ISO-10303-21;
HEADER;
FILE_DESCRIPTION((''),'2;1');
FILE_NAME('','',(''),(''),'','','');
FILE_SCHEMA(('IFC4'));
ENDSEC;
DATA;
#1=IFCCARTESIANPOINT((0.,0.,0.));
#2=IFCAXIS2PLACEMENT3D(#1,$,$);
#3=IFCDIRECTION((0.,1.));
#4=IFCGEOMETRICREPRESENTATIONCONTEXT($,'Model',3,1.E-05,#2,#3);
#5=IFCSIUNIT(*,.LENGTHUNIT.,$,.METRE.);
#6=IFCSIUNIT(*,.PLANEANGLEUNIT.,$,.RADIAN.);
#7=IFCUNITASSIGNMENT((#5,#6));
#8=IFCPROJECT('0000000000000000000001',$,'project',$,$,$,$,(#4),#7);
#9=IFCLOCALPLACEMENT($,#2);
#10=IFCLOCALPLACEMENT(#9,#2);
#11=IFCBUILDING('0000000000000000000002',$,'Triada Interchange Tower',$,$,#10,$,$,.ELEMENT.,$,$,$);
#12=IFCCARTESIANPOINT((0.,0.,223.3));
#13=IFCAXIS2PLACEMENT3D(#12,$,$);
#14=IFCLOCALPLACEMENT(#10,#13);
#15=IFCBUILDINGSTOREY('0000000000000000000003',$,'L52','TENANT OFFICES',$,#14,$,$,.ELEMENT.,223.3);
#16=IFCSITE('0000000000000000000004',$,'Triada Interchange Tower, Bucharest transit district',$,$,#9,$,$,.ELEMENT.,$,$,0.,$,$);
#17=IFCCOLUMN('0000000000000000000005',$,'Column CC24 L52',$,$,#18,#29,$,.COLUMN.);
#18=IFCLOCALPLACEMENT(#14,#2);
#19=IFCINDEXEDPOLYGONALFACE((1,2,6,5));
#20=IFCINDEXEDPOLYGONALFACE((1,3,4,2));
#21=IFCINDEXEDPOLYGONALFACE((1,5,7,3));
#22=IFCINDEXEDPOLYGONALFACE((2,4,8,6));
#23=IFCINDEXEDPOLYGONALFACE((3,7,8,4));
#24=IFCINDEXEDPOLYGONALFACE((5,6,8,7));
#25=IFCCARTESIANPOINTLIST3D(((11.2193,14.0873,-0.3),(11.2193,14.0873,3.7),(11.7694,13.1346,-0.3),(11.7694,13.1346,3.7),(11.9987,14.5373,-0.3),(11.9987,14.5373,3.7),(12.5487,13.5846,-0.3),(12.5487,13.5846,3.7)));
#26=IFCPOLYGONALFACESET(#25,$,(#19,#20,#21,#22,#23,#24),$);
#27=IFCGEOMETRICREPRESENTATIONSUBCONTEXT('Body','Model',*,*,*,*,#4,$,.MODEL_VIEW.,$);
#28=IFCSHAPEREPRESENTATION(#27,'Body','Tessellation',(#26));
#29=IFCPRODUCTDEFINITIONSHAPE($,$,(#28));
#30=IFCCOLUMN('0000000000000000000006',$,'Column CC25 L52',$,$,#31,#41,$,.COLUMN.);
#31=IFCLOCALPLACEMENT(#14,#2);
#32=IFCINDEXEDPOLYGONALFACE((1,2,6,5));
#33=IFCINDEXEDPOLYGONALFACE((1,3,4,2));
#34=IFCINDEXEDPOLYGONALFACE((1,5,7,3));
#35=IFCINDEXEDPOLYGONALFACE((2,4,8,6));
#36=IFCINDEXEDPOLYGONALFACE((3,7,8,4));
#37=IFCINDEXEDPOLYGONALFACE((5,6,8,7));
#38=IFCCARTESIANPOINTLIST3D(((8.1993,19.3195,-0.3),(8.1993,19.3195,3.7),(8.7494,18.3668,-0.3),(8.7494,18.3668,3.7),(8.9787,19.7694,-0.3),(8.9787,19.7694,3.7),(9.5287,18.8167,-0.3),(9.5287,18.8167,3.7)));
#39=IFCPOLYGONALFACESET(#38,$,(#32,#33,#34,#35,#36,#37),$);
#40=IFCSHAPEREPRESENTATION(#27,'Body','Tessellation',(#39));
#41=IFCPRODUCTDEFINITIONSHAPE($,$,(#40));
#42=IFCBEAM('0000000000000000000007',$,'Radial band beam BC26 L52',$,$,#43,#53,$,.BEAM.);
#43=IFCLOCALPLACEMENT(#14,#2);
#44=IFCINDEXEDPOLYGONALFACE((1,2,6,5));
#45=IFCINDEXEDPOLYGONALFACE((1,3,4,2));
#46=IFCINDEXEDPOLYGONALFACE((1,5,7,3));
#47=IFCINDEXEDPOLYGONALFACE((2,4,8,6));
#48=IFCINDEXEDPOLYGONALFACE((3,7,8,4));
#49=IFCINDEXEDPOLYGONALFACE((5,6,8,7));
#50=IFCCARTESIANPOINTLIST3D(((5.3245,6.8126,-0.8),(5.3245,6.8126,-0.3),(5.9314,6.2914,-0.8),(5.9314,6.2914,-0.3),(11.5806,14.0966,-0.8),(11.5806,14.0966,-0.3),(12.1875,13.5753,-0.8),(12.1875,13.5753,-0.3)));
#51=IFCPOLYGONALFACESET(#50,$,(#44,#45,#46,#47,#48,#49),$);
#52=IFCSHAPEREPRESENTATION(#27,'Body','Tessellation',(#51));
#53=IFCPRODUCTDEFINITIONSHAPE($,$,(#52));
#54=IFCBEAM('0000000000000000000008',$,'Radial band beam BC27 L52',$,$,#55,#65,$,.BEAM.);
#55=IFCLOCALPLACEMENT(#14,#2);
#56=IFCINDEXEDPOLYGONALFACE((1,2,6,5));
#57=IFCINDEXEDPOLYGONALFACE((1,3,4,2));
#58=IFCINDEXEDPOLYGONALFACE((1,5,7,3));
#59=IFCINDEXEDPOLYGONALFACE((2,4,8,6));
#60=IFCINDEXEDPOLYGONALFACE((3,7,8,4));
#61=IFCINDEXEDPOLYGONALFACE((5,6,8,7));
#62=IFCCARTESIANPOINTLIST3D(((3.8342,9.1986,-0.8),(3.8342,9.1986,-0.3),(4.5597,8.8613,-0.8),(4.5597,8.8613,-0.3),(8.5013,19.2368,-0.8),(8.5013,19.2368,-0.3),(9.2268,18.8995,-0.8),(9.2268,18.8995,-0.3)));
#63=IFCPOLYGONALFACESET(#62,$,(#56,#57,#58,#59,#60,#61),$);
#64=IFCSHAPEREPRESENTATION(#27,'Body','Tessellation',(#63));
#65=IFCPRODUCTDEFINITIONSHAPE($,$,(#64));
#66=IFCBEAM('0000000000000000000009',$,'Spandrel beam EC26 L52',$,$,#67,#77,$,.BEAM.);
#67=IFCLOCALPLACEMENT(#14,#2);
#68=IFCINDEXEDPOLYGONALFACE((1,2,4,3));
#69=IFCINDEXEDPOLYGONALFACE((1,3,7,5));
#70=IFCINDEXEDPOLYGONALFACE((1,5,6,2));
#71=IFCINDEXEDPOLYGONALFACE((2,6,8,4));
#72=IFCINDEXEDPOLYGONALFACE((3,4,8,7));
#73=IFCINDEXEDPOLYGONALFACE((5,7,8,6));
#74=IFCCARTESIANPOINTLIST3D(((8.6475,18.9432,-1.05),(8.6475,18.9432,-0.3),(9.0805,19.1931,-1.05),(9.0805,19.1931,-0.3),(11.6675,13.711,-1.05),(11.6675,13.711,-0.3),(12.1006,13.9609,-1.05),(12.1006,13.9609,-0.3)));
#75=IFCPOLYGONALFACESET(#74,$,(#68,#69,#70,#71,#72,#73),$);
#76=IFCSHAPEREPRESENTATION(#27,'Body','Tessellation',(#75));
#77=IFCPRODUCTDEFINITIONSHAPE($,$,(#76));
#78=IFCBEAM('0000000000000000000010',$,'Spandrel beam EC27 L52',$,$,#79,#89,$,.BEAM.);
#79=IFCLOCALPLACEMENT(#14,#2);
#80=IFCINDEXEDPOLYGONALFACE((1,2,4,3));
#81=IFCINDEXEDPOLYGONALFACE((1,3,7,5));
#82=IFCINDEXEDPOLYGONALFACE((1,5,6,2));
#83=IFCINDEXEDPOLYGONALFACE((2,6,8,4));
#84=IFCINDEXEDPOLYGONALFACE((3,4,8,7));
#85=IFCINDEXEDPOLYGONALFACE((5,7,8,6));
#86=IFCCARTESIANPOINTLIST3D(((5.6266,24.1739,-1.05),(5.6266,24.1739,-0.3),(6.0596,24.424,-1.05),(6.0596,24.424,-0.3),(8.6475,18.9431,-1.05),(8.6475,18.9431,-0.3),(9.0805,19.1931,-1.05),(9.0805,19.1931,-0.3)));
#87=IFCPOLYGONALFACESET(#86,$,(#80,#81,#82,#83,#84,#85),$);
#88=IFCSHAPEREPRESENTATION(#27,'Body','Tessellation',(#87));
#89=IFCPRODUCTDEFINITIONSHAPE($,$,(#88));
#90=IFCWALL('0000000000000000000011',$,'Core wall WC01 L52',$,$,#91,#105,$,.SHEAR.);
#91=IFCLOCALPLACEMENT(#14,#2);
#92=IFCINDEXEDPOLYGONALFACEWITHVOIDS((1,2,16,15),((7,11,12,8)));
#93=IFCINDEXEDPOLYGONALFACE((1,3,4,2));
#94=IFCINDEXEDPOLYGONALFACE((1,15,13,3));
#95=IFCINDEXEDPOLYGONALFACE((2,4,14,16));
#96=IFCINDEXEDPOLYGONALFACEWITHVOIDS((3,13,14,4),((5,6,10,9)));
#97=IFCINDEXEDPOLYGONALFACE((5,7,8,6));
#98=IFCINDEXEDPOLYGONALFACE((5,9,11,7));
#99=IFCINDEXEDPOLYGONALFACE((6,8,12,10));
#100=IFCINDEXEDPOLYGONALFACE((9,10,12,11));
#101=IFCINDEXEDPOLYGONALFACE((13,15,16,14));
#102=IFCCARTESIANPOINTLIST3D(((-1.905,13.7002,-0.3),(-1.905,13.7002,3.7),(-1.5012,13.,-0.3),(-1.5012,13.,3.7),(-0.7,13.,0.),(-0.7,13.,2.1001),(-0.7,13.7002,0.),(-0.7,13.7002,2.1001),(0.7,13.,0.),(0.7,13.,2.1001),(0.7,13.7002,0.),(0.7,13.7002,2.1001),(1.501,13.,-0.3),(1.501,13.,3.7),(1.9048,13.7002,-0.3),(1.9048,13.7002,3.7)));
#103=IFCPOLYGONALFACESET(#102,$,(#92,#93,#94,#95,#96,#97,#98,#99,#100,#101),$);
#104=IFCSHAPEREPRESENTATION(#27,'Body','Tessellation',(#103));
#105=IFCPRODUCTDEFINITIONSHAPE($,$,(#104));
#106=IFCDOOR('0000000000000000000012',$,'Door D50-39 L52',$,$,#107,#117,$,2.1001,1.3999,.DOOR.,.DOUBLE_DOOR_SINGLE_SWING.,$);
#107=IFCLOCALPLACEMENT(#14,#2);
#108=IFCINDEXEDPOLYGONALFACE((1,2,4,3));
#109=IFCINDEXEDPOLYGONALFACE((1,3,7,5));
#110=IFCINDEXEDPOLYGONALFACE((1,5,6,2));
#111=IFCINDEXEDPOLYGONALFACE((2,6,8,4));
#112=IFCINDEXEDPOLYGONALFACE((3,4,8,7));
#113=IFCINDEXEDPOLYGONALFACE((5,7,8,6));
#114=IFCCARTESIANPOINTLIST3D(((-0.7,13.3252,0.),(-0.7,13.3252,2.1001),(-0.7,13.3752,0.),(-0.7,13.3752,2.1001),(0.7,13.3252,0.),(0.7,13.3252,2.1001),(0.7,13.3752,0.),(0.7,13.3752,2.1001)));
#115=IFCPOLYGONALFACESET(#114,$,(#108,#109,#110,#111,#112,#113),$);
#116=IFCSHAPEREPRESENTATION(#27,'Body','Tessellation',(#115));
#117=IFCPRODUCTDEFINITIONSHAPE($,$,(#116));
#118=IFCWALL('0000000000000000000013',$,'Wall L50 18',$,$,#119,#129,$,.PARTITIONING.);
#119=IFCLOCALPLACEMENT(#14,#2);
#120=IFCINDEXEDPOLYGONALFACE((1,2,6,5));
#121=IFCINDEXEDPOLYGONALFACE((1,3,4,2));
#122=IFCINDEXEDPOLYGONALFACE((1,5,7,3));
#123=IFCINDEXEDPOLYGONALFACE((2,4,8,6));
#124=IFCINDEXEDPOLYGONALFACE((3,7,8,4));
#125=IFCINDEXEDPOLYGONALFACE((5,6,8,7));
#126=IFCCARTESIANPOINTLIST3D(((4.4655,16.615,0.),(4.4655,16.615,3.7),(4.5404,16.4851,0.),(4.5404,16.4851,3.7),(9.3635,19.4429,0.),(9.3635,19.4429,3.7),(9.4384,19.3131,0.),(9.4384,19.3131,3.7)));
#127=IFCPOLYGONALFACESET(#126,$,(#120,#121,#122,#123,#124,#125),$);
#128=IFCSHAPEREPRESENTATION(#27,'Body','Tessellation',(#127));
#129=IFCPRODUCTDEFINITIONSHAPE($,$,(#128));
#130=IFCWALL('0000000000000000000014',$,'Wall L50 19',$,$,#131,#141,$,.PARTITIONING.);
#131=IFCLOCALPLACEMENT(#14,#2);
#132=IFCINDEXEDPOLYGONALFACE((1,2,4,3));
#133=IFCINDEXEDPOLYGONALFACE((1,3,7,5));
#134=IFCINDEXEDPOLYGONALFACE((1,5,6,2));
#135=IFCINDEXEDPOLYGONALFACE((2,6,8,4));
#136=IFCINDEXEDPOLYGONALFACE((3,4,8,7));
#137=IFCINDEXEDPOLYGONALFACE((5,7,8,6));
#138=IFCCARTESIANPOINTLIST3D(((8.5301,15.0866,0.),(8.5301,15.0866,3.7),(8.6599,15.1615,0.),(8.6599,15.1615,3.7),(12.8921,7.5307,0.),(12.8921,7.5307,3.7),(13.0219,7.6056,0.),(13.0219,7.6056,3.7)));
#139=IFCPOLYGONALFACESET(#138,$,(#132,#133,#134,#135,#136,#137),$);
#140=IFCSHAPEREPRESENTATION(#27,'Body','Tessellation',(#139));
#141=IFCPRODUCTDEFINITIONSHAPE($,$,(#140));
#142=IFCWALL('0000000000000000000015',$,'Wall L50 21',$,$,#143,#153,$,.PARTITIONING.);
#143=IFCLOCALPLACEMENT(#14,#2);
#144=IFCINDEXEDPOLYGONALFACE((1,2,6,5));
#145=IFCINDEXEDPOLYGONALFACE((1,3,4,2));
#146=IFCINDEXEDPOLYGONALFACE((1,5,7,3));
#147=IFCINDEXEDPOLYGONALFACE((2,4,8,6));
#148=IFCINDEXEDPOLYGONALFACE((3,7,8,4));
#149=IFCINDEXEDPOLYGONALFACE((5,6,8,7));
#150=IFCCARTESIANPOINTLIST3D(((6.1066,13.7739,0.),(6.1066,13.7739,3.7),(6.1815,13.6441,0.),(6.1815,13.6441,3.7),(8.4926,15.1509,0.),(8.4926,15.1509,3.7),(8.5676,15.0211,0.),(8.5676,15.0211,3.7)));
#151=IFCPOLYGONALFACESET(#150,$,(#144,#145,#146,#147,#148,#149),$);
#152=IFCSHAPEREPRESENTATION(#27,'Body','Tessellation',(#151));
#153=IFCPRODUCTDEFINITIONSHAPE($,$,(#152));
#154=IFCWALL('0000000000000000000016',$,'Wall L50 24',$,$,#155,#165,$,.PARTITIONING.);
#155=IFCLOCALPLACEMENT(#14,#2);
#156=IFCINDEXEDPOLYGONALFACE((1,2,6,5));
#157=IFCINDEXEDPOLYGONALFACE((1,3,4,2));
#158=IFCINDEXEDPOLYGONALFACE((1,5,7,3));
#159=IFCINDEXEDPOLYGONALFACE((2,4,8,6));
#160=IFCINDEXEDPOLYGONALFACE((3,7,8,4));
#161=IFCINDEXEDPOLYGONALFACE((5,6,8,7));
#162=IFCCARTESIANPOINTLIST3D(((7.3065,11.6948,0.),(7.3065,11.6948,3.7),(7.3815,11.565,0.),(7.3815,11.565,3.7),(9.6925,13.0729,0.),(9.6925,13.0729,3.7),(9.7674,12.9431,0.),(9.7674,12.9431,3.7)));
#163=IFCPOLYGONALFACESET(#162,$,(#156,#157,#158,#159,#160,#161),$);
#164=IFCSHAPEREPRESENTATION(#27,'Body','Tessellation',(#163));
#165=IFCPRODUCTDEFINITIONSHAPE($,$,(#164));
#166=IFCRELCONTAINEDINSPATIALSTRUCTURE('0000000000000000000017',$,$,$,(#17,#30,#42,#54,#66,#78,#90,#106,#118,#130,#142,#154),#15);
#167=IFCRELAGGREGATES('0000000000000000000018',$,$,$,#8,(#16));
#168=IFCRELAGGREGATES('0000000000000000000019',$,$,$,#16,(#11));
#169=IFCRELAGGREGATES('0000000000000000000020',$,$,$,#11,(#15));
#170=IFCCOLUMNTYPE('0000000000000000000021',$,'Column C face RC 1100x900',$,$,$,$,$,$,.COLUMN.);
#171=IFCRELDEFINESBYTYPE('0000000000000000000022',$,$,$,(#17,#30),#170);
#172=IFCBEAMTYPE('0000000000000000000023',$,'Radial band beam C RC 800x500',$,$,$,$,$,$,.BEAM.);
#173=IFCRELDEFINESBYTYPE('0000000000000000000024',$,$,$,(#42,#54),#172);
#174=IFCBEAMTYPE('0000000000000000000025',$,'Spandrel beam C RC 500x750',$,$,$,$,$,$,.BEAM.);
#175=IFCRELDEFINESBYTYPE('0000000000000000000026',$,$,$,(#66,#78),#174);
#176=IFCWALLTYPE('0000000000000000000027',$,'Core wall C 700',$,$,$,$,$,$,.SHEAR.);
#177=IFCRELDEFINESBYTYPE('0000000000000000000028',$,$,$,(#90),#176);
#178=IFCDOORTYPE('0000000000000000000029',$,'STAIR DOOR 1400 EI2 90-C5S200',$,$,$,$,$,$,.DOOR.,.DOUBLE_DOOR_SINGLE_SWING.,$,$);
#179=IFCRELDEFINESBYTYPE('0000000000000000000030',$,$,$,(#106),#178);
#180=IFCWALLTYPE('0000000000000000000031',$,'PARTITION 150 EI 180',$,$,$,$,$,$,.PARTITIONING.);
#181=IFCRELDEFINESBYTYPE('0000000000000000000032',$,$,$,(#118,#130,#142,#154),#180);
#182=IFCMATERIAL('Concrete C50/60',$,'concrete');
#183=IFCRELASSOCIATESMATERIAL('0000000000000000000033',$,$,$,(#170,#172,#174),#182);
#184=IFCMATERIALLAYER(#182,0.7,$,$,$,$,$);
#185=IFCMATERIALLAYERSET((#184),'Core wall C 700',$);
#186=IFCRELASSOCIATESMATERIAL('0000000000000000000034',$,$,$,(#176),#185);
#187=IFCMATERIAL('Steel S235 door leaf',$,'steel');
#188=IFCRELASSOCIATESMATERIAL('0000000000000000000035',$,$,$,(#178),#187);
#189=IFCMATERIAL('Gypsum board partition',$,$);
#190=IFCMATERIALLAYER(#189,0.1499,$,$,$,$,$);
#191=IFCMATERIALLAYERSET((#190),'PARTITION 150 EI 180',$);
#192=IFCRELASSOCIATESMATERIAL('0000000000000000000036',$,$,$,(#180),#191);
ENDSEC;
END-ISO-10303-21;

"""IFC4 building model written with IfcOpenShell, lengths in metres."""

from ifc_helpers import new_model, si_unit, direction, frame, frame_2d, origin, origin_2d, place, context, subcontext, project, spatial, polyline, rectangle, outline, extrude, material, layer, layer_set, material_profile, profile_set, type_object, element, fill, save


model = new_model("IFC4")

# Units and contexts
model_context = context("Model", 3, precision=1e-05, world=origin(), true_north=direction((0.0, 1.0)))
body_context = subcontext(model_context, "Body", "Model", "MODEL_VIEW")
ifc_project = project(units=[si_unit("LENGTHUNIT", "METRE"), si_unit("PLANEANGLEUNIT", "RADIAN")], contexts=[model_context])

# Site, building, storey
site_placement = place(None, origin())
site = spatial("IfcSite", under=ifc_project, at=site_placement, Name="Triada Interchange Tower, Bucharest transit district", CompositionType="ELEMENT", RefElevation=0.0)
building_placement = place(site_placement, origin())
building = spatial("IfcBuilding", under=site, at=building_placement, Name="Triada Interchange Tower", CompositionType="ELEMENT")
storey_placement = place(building_placement, frame((0.0, 0.0, 223.3)))
storey = spatial("IfcBuildingStorey", under=building, at=storey_placement, Name="L52", Description="TENANT OFFICES", CompositionType="ELEMENT", Elevation=223.3)

# Columns
ifc_material_1 = material(Name="Concrete C50/60", Category="concrete")
ifc_material_profile_1 = material_profile(ifc_material_1, rectangle(XDim=1.1001, YDim=0.8999, at=origin_2d()), Name="RC 1100x900")
ifc_profile_set_1 = profile_set([ifc_material_profile_1], Name="Concrete C50/60")
column_type = type_object("IfcColumnType", Name="Column C face RC 1100x900", PredefinedType="COLUMN", material=ifc_profile_set_1)
for number, where, z_axis, x_axis, name in (
    (1, (11.884, 13.8359, -0.3), (0.0, 0.0, 1.0), (-0.5, 0.866025, 0.0), "Column CC24 L52"),
    (2, (8.864, 19.0681, -0.3), (0.0, 0.0, 1.0), (-0.5, 0.866025, 0.0), "Column CC25 L52"),
):
    element("IfcColumn", number, at=place(storey_placement, frame(where, z_axis=z_axis, x_axis=x_axis)), inside=storey, type_object=column_type, Name=name, PredefinedType="COLUMN", context=body_context, shape_type="SweptSolid", body=[
        extrude(rectangle(XDim=1.1001, YDim=0.8999, at=origin_2d()), origin(), (0.0, 0.0, 1.0), 4.0),
    ])

# Beams
ifc_material_profile_2 = material_profile(ifc_material_1, rectangle(XDim=0.8, YDim=0.5, at=origin_2d()), Name="RC 800x500")
ifc_profile_set_2 = profile_set([ifc_material_profile_2], Name="Concrete C50/60")
beam_type_1 = type_object("IfcBeamType", Name="Radial band beam C RC 800x500", PredefinedType="BEAM", material=ifc_profile_set_2)
beam_1_placement = place(storey_placement, frame((11.884, 13.8359, -0.55), z_axis=(-0.651555, -0.758601, 0.0), x_axis=(0.758601, -0.651555, 0.0)))
element("IfcBeam", 3, at=beam_1_placement, inside=storey, type_object=beam_type_1, Name="Radial band beam BC26 L52", PredefinedType="BEAM", context=body_context, shape_type="SweptSolid", body=[
    extrude(rectangle(XDim=0.8, YDim=0.5, at=origin_2d()), origin(), (0.0, 0.0, 1.0), 9.6018),
])
beam_2_placement = place(storey_placement, frame((8.864, 19.0681, -0.55), z_axis=(-0.421591, -0.906786, 0.0), x_axis=(0.906786, -0.421591, 0.0)))
element("IfcBeam", 4, at=beam_2_placement, inside=storey, type_object=beam_type_1, Name="Radial band beam BC27 L52", PredefinedType="BEAM", context=body_context, shape_type="SweptSolid", body=[
    extrude(rectangle(XDim=0.8, YDim=0.5, at=origin_2d()), origin(), (0.0, 0.0, 1.0), 11.0701),
])
ifc_material_profile_3 = material_profile(ifc_material_1, rectangle(XDim=0.5, YDim=0.75, at=origin_2d()), Name="RC 500x750")
ifc_profile_set_3 = profile_set([ifc_material_profile_3], Name="Concrete C50/60")
beam_type_2 = type_object("IfcBeamType", Name="Spandrel beam C RC 500x750", PredefinedType="BEAM", material=ifc_profile_set_3)
beam_3_placement = place(storey_placement, frame((11.884, 13.8359, -0.675), z_axis=(-0.499903, 0.866081, 0.0), x_axis=(-0.866081, -0.499903, 0.0)))
element("IfcBeam", 5, at=beam_3_placement, inside=storey, type_object=beam_type_2, Name="Spandrel beam EC26 L52", PredefinedType="BEAM", context=body_context, shape_type="SweptSolid", body=[
    extrude(rectangle(XDim=0.5, YDim=0.75, at=origin_2d()), origin(), (0.0, 0.0, 1.0), 6.0413),
])
beam_4_placement = place(storey_placement, frame((8.864, 19.0681, -0.675), z_axis=(-0.500112, 0.865961, 0.0), x_axis=(-0.865961, -0.500112, 0.0)))
element("IfcBeam", 6, at=beam_4_placement, inside=storey, type_object=beam_type_2, Name="Spandrel beam EC27 L52", PredefinedType="BEAM", context=body_context, shape_type="SweptSolid", body=[
    extrude(rectangle(XDim=0.5, YDim=0.75, at=origin_2d()), origin(), (0.0, 0.0, 1.0), 6.0405),
])

# Wall, opening, door
ifc_layer_1 = layer(ifc_material_1, 0.7)
ifc_layer_set_1 = layer_set([ifc_layer_1], Name="Core wall C 700")
wall_type_1 = type_object("IfcWallType", Name="Core wall C 700", PredefinedType="SHEAR", material=ifc_layer_set_1)
wall_1_placement = place(storey_placement, frame((1.7029, 13.3501, -0.3), z_axis=(0.0, 0.0, 1.0), x_axis=(-1.0, 0.0, 0.0)))
wall_1 = element("IfcWall", 7, at=wall_1_placement, inside=storey, type_object=wall_type_1, Name="Core wall WC01 L52", PredefinedType="SHEAR", context=body_context, shape_type="SweptSolid", body=[
    extrude(outline(polyline([(-0.2019, -0.3501), (1.7031, -0.3501), (3.6079, -0.3501), (3.2041, 0.3501), (1.7031, 0.3501), (0.2019, 0.3501), (-0.2019, -0.3501)])), origin(), (0.0, 0.0, 1.0), 4.0),
])
opening_placement = place(wall_1_placement, frame((1.0029, 0.0, 0.3)))
opening = element("IfcOpeningElement", 8, at=opening_placement, cuts=wall_1, PredefinedType="OPENING", context=body_context, shape_type="SweptSolid", body=[
    extrude(rectangle(XDim=1.3999, YDim=2.1001, at=frame_2d((0.7, 1.05))), frame((0.0, 0.3601, 0.0), z_axis=(0.0, -1.0, 0.0), x_axis=(1.0, 0.0, 0.0)), (0.0, 0.0, 1.0), 0.7202),
])
ifc_material_2 = material(Name="Steel S235 door leaf", Category="steel")
door_type = type_object("IfcDoorType", Name="STAIR DOOR 1400 EI2 90-C5S200", OperationType="DOUBLE_DOOR_SINGLE_SWING", PredefinedType="DOOR", material=ifc_material_2)
door_placement = place(opening_placement, origin())
door = element("IfcDoor", 9, at=door_placement, inside=storey, type_object=door_type, Name="Door D50-39 L52", OperationType="DOUBLE_DOOR_SINGLE_SWING", OverallHeight=2.1001, OverallWidth=1.3999, PredefinedType="DOOR", context=body_context, shape_type="SweptSolid", body=[
    extrude(rectangle(XDim=1.3999, YDim=2.1001, at=frame_2d((0.7, 1.05))), frame((0.0, 0.0249, 0.0), z_axis=(0.0, -1.0, 0.0), x_axis=(1.0, 0.0, 0.0)), (0.0, 0.0, 1.0), 0.05),
])
fill(opening, door)

# Walls
ifc_material_3 = material(Name="Gypsum board partition")
ifc_layer_2 = layer(ifc_material_3, 0.1499)
ifc_layer_set_2 = layer_set([ifc_layer_2], Name="PARTITION 150 EI 180")
wall_type_2 = type_object("IfcWallType", Name="PARTITION 150 EI 180", PredefinedType="PARTITIONING", material=ifc_layer_set_2)
wall_2_placement = place(storey_placement, frame((4.5029, 16.55, 0.0), z_axis=(0.0, 0.0, 1.0), x_axis=(0.866022, 0.500006, 0.0)))
element("IfcWall", 10, at=wall_2_placement, inside=storey, type_object=wall_type_2, Name="Wall L50 18", PredefinedType="PARTITIONING", context=body_context, shape_type="SweptSolid", body=[
    extrude(rectangle(XDim=5.6558, YDim=0.1499, at=frame_2d((2.8279, 0.0))), origin(), (0.0, 0.0, 1.0), 3.7),
])
wall_3_placement = place(storey_placement, frame((8.595, 15.124, 0.0), z_axis=(0.0, 0.0, 1.0), x_axis=(0.49997, -0.866043, 0.0)))
element("IfcWall", 11, at=wall_3_placement, inside=storey, type_object=wall_type_2, Name="Wall L50 19", PredefinedType="PARTITIONING", context=body_context, shape_type="SweptSolid", body=[
    extrude(rectangle(XDim=8.7246, YDim=0.1499, at=frame_2d((4.3623, 0.0))), origin(), (0.0, 0.0, 1.0), 3.7),
])
wall_4_placement = place(storey_placement, frame((6.144, 13.709, 0.0), z_axis=(0.0, 0.0, 1.0), x_axis=(0.866119, 0.499838, 0.0)))
element("IfcWall", 12, at=wall_4_placement, inside=storey, type_object=wall_type_2, Name="Wall L50 21", PredefinedType="PARTITIONING", context=body_context, shape_type="SweptSolid", body=[
    extrude(rectangle(XDim=2.7549, YDim=0.1499, at=frame_2d((1.3774, 0.0))), origin(), (0.0, 0.0, 1.0), 3.7),
])
wall_5_placement = place(storey_placement, frame((7.344, 11.6299, 0.0), z_axis=(0.0, 0.0, 1.0), x_axis=(0.865927, 0.50017, 0.0)))
element("IfcWall", 13, at=wall_5_placement, inside=storey, type_object=wall_type_2, Name="Wall L50 24", PredefinedType="PARTITIONING", context=body_context, shape_type="SweptSolid", body=[
    extrude(rectangle(XDim=2.7554, YDim=0.1499, at=frame_2d((1.3777, 0.0))), origin(), (0.0, 0.0, 1.0), 3.7),
])

save(model, "model.ifc")
